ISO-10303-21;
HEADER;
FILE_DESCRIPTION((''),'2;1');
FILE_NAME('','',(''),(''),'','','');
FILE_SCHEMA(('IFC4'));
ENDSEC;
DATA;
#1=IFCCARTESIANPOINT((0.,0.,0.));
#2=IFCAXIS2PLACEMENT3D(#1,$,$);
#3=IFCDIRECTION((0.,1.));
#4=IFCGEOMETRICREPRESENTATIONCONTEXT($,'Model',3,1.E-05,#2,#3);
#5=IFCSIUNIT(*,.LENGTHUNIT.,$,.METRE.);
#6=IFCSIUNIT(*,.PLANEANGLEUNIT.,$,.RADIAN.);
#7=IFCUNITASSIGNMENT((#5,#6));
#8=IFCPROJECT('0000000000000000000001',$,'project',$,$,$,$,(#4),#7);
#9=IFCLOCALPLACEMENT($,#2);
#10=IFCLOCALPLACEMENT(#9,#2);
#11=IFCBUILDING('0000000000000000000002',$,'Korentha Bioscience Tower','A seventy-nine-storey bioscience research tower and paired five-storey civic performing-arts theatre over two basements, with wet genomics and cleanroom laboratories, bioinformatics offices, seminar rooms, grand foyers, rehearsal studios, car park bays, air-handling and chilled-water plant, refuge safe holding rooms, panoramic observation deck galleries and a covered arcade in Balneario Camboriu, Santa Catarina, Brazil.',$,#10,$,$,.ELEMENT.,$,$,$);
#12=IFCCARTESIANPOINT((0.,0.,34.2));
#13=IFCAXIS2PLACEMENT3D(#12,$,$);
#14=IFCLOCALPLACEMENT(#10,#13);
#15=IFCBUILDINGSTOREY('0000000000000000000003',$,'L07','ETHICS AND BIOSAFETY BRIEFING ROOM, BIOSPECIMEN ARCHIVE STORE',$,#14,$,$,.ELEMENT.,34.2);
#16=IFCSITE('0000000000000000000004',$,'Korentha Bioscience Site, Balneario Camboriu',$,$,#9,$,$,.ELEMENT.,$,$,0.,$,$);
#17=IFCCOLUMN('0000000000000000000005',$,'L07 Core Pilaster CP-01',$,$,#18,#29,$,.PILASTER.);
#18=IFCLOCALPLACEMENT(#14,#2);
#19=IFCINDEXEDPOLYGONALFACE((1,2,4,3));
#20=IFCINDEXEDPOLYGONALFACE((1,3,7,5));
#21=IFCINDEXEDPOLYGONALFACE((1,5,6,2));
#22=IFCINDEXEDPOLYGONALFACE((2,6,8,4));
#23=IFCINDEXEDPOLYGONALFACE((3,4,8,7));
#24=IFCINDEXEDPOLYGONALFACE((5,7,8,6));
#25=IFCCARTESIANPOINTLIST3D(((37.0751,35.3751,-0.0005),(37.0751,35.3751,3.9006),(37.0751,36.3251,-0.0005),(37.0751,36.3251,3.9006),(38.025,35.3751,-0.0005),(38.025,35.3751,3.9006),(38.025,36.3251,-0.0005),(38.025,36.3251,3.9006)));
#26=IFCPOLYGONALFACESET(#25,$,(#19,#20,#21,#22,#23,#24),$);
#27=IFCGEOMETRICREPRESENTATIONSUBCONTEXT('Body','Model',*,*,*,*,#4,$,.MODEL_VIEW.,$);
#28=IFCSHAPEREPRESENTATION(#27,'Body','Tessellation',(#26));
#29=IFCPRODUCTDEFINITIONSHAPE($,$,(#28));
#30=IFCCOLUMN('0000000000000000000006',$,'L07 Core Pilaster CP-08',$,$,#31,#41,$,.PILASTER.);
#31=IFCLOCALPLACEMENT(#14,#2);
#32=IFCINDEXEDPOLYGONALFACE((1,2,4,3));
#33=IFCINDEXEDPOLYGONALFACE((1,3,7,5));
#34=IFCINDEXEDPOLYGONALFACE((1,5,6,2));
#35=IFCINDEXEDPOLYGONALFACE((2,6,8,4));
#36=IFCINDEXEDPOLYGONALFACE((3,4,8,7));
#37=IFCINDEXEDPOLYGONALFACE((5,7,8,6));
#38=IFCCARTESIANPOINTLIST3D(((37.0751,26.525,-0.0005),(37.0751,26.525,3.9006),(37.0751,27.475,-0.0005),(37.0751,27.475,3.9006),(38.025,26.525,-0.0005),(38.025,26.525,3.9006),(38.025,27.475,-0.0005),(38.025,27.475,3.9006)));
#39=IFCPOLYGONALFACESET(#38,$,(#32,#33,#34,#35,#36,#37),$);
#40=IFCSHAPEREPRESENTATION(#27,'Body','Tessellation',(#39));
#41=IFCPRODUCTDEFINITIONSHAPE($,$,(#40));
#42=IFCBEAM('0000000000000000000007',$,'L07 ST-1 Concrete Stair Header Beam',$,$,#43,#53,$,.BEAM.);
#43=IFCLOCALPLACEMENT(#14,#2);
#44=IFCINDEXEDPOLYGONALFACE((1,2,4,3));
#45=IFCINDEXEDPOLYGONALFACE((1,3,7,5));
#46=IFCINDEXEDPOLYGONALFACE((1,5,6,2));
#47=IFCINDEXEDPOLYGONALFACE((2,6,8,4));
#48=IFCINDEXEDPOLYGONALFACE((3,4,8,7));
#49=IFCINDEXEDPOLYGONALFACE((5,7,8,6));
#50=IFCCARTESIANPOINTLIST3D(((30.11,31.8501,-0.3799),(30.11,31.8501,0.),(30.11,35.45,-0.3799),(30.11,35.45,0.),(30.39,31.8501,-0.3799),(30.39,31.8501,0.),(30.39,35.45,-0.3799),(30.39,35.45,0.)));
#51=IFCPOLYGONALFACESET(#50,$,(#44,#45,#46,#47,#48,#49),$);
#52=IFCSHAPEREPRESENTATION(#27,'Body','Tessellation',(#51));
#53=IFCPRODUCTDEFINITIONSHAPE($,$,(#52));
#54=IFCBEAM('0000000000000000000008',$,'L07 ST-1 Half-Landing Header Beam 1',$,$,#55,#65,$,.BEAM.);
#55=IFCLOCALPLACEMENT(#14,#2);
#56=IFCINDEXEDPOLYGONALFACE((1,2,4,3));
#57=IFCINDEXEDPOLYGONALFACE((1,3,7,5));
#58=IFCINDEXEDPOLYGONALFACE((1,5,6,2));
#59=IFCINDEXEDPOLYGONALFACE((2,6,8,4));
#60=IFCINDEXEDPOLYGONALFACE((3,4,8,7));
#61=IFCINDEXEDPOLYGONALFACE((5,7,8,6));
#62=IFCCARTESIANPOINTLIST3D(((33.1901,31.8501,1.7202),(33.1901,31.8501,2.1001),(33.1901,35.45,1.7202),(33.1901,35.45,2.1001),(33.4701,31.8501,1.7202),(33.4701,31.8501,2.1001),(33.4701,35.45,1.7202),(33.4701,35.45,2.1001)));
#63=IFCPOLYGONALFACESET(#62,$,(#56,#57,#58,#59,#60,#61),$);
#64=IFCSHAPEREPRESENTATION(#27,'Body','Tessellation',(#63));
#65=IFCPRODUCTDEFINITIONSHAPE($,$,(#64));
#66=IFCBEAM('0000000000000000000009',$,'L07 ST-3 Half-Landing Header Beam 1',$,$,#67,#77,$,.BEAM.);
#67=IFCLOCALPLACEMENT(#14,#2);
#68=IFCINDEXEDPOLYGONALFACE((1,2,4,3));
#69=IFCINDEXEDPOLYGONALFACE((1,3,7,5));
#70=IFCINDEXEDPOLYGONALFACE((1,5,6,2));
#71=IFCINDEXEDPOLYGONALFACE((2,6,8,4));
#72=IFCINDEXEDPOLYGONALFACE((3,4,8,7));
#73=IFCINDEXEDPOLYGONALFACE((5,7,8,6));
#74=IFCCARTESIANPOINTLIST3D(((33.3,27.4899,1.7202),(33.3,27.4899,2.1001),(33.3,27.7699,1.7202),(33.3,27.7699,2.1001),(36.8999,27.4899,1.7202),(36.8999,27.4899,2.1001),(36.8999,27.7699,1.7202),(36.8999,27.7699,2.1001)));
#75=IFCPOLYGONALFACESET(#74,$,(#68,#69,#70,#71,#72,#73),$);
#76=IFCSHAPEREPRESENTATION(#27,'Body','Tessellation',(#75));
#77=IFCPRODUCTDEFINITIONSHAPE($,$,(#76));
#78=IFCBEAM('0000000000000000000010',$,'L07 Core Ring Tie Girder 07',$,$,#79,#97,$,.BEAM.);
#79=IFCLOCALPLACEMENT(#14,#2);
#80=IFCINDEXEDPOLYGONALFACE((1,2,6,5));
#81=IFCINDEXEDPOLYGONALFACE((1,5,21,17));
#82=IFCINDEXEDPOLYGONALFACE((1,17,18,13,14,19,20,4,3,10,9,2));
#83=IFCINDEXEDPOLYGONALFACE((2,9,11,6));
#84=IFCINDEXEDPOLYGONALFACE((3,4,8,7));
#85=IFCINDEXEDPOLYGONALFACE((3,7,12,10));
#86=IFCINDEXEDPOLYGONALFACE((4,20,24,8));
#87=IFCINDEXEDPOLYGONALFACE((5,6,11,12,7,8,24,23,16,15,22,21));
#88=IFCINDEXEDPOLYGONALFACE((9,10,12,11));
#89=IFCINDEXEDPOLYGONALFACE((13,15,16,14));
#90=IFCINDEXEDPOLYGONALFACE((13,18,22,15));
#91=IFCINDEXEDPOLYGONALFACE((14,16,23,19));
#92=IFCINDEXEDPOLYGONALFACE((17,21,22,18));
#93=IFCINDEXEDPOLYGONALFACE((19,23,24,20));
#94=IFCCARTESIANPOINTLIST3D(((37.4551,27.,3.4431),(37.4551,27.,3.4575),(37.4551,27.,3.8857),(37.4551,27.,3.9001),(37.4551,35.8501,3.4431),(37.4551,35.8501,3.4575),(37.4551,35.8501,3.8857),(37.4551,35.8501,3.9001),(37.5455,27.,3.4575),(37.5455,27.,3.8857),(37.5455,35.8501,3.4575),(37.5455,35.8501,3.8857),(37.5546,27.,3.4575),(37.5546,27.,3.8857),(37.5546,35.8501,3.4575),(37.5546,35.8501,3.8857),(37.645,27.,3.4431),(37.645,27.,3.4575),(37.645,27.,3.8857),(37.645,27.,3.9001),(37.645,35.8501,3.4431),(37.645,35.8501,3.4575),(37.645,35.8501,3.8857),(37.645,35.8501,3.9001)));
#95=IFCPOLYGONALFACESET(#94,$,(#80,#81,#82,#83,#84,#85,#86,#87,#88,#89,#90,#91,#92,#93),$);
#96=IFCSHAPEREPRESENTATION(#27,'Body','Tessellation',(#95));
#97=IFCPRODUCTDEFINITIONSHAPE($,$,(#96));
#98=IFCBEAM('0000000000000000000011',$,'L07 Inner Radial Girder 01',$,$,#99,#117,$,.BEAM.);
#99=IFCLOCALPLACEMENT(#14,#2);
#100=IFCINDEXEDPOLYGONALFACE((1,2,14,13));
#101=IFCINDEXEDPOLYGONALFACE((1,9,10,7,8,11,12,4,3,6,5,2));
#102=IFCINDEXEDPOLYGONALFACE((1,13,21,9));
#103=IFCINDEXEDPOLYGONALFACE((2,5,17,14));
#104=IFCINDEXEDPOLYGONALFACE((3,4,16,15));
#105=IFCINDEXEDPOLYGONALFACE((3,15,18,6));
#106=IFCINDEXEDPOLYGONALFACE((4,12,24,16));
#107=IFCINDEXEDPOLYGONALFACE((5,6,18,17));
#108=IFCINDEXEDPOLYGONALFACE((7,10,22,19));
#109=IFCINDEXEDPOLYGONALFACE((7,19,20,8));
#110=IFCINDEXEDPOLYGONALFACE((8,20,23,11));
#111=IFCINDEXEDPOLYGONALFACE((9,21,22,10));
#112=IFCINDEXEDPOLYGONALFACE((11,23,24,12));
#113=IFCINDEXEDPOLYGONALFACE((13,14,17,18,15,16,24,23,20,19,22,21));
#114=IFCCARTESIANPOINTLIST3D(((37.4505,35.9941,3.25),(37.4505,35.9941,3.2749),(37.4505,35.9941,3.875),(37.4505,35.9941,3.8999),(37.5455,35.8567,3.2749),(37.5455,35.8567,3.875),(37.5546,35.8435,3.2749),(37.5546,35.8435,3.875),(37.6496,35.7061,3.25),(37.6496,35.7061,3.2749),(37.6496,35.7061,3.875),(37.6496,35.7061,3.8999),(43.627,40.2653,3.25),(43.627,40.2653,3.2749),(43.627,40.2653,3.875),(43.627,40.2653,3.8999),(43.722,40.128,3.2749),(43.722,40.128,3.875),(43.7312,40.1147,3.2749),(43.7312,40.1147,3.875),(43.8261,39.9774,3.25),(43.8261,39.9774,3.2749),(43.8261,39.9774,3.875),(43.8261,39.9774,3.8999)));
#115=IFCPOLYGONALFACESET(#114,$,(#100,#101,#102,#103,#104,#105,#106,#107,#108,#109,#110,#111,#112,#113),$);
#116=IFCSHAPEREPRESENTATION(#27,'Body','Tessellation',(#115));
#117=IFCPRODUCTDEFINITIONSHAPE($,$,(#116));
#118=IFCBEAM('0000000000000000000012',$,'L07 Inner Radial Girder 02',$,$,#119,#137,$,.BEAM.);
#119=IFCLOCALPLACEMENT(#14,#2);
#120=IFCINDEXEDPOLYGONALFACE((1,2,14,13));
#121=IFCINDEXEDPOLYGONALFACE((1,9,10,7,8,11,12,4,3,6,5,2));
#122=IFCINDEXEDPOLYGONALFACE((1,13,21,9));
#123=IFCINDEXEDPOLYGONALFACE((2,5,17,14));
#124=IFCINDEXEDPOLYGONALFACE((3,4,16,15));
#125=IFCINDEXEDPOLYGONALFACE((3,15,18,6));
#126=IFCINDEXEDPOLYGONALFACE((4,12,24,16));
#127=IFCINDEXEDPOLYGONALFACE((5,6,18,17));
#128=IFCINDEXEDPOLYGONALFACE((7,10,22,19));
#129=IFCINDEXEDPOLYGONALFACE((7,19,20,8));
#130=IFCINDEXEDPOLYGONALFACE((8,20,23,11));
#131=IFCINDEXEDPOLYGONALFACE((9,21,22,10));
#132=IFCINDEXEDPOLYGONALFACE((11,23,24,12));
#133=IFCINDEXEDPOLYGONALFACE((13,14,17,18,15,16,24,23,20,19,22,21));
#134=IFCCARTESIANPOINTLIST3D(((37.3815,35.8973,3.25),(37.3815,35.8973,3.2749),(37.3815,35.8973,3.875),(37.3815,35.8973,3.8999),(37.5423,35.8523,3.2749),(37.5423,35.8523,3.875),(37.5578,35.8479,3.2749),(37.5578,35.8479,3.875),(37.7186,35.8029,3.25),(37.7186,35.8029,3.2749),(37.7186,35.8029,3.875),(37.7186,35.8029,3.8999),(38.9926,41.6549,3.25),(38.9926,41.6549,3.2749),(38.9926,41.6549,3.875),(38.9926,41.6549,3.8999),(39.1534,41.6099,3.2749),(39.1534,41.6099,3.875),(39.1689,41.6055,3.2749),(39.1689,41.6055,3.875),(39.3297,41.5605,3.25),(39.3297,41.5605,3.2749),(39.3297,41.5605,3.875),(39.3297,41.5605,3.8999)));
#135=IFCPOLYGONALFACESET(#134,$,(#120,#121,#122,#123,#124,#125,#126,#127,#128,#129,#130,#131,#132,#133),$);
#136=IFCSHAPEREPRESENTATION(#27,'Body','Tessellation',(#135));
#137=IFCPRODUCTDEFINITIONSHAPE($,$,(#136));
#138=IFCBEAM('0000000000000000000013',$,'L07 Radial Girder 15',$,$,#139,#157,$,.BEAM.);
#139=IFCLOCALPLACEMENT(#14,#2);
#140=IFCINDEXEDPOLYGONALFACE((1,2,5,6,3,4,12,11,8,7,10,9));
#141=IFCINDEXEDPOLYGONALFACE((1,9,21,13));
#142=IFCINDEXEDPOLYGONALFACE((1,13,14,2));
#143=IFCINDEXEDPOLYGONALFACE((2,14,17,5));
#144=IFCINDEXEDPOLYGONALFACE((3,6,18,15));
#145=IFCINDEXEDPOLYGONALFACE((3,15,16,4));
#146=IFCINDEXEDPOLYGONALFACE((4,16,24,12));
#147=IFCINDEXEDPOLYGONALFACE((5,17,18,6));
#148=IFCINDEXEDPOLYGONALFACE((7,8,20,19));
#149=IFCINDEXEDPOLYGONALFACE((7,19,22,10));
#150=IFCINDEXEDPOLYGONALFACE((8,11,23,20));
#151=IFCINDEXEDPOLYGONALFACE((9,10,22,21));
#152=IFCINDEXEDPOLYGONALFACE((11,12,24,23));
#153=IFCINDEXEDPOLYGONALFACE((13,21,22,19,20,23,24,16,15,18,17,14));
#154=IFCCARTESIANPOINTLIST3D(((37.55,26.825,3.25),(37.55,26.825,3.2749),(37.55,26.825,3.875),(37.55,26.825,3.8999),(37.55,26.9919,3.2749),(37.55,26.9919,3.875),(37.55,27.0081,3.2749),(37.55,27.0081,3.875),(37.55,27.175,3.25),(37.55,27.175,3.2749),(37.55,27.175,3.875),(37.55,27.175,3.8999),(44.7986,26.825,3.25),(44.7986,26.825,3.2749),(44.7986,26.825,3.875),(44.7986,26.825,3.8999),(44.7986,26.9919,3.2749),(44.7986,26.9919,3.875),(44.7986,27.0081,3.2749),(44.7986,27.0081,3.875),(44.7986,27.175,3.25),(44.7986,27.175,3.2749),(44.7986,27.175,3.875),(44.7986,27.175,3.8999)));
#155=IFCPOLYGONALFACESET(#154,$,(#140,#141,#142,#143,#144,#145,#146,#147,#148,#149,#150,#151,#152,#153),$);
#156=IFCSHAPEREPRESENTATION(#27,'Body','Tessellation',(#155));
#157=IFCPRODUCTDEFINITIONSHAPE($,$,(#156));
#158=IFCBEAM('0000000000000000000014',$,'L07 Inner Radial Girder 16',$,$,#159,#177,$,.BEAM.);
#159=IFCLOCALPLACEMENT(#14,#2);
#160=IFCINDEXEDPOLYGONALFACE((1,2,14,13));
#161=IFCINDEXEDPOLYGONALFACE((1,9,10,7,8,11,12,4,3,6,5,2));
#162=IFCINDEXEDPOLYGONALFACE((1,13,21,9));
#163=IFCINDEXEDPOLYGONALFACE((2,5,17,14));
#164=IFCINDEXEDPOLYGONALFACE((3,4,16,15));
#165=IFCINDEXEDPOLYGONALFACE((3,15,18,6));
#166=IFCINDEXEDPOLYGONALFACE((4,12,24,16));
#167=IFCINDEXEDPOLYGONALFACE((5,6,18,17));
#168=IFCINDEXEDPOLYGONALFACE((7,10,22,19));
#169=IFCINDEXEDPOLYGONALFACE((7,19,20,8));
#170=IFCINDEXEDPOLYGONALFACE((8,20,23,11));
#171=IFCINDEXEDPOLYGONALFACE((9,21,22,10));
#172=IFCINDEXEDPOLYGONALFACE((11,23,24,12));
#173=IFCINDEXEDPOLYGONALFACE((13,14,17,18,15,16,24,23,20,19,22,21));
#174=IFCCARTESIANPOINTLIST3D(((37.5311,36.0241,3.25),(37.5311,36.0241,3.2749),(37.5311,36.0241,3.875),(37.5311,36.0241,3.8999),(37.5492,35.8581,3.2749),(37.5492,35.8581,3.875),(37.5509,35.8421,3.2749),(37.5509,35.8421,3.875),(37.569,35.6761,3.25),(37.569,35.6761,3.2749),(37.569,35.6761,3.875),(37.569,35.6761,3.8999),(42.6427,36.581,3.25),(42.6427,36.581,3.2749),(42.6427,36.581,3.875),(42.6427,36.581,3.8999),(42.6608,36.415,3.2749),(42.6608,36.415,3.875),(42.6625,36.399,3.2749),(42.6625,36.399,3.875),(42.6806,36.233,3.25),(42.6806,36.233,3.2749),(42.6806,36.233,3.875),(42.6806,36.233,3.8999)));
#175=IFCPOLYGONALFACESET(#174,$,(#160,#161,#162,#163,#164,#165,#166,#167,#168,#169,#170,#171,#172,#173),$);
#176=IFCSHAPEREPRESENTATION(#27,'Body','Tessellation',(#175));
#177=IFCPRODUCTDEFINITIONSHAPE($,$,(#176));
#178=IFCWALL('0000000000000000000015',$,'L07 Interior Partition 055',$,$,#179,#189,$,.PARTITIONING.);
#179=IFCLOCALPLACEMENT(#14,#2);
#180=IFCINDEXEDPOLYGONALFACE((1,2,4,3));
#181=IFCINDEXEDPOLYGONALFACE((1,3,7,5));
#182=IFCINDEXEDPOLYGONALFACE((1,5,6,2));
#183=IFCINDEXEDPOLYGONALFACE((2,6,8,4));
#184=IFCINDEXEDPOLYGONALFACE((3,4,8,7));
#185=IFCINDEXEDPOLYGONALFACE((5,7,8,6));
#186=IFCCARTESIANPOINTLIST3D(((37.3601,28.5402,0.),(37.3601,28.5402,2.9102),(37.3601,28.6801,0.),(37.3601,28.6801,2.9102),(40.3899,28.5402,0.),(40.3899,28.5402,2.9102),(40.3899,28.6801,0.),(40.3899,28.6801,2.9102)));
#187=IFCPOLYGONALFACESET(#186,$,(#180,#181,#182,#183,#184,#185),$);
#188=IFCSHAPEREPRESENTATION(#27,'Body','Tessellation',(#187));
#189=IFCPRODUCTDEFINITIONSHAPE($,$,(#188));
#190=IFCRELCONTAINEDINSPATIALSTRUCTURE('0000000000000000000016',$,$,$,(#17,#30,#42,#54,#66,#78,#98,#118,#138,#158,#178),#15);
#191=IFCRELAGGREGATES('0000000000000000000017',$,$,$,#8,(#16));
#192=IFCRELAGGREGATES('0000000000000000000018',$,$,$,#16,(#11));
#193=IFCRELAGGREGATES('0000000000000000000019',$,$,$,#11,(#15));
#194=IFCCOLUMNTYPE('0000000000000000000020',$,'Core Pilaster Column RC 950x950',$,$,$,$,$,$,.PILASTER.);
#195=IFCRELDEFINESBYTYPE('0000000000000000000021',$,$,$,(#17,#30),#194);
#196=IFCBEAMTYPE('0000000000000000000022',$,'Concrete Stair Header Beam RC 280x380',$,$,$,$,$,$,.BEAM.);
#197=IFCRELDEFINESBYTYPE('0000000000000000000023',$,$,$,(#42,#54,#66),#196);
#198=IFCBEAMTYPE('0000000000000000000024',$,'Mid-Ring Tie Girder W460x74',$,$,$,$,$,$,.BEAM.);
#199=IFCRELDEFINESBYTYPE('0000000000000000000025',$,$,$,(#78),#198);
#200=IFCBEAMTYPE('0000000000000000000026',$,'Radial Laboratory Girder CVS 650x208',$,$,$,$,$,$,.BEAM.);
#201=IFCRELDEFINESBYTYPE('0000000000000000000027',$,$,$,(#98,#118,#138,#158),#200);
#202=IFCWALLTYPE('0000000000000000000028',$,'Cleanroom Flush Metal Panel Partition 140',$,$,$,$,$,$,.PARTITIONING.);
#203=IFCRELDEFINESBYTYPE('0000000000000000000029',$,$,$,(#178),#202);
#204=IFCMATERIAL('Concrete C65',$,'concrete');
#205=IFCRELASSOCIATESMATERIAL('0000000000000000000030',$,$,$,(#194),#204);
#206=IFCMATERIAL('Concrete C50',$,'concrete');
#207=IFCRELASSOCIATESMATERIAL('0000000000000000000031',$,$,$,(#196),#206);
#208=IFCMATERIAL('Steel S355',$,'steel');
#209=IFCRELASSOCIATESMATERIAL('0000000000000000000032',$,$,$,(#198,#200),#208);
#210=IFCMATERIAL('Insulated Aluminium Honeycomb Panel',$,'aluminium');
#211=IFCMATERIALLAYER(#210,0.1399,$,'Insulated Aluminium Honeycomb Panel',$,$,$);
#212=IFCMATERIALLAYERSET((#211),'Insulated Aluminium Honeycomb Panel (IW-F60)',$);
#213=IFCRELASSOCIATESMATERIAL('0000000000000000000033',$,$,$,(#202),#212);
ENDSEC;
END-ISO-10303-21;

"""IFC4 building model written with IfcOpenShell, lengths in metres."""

from ifc_helpers import new_model, si_unit, direction, frame, frame_2d, origin, origin_2d, place, context, subcontext, project, spatial, rectangle, i_section, extrude, material, layer, layer_set, material_profile, profile_set, type_object, element, save


model = new_model("IFC4")

# Units and contexts
model_context = context("Model", 3, precision=1e-05, world=origin(), true_north=direction((0.0, 1.0)))
body_context = subcontext(model_context, "Body", "Model", "MODEL_VIEW")
ifc_project = project(units=[si_unit("LENGTHUNIT", "METRE"), si_unit("PLANEANGLEUNIT", "RADIAN")], contexts=[model_context])

# Site, building, storey
site_placement = place(None, origin())
site = spatial("IfcSite", under=ifc_project, at=site_placement, Name="Korentha Bioscience Site, Balneario Camboriu", CompositionType="ELEMENT", RefElevation=0.0)
building_placement = place(site_placement, origin())
building = spatial("IfcBuilding", under=site, at=building_placement, Name="Korentha Bioscience Tower", Description="A seventy-nine-storey bioscience research tower and paired five-storey civic performing-arts theatre over two basements, with wet genomics and cleanroom laboratories, bioinformatics offices, seminar rooms, grand foyers, rehearsal studios, car park bays, air-handling and chilled-water plant, refuge safe holding rooms, panoramic observation deck galleries and a covered arcade in Balneario Camboriu, Santa Catarina, Brazil.", CompositionType="ELEMENT")
storey_placement = place(building_placement, frame((0.0, 0.0, 34.2)))
storey = spatial("IfcBuildingStorey", under=building, at=storey_placement, Name="L07", Description="ETHICS AND BIOSAFETY BRIEFING ROOM, BIOSPECIMEN ARCHIVE STORE", CompositionType="ELEMENT", Elevation=34.2)

# Columns
ifc_material_1 = material(Name="Concrete C65", Category="concrete")
ifc_material_profile_1 = material_profile(ifc_material_1, rectangle(XDim=0.95, YDim=0.95, at=origin_2d()), Name="Concrete C65")
ifc_profile_set_1 = profile_set([ifc_material_profile_1], Name="Concrete C65 (COL-CP09)")
column_type = type_object("IfcColumnType", Name="Core Pilaster Column RC 950x950", PredefinedType="PILASTER", material=ifc_profile_set_1)
for number, where, z_axis, x_axis, name in (
    (1, (37.55, 35.8501, -0.0005), (0.0, 0.0, 1.0), (1.0, 0.0, 0.0), "L07 Core Pilaster CP-01"),
    (2, (37.55, 27.0, -0.0005), (0.0, 0.0, 1.0), (1.0, 0.0, 0.0), "L07 Core Pilaster CP-08"),
):
    element("IfcColumn", number, at=place(storey_placement, frame(where, z_axis=z_axis, x_axis=x_axis)), inside=storey, type_object=column_type, Name=name, PredefinedType="PILASTER", context=body_context, shape_type="SweptSolid", body=[
        extrude(rectangle(XDim=0.95, YDim=0.95, at=origin_2d()), origin(), (0.0, 0.0, 1.0), 3.9011),
    ])

# Beams
ifc_material_2 = material(Name="Concrete C50", Category="concrete")
ifc_material_profile_2 = material_profile(ifc_material_2, rectangle(XDim=0.28, YDim=0.3799, at=origin_2d()), Name="Concrete C50")
ifc_profile_set_2 = profile_set([ifc_material_profile_2], Name="Concrete C50 (ST-HB380)")
beam_type_1 = type_object("IfcBeamType", Name="Concrete Stair Header Beam RC 280x380", PredefinedType="BEAM", material=ifc_profile_set_2)
for number, where, z_axis, x_axis, name in (
    (3, (30.25, 31.8501, -0.1899), (0.0, 1.0, 0.0), (-1.0, 0.0, 0.0), "L07 ST-1 Concrete Stair Header Beam"),
    (4, (33.3301, 31.8501, 1.9102), (0.0, 1.0, 0.0), (-1.0, 0.0, 0.0), "L07 ST-1 Half-Landing Header Beam 1"),
    (5, (36.8999, 27.6299, 1.9102), (-1.0, 0.0, 0.0), (0.0, -1.0, 0.0), "L07 ST-3 Half-Landing Header Beam 1"),
):
    element("IfcBeam", number, at=place(storey_placement, frame(where, z_axis=z_axis, x_axis=x_axis)), inside=storey, type_object=beam_type_1, Name=name, PredefinedType="BEAM", context=body_context, shape_type="SweptSolid", body=[
        extrude(rectangle(XDim=0.28, YDim=0.3799, at=origin_2d()), origin(), (0.0, 0.0, 1.0), 3.5999),
    ])
ifc_material_3 = material(Name="Steel S355", Category="steel")
ifc_material_profile_3 = material_profile(ifc_material_3, i_section(OverallWidth=0.1899, OverallDepth=0.457, WebThickness=0.009, FlangeThickness=0.0144, at=origin_2d()), Name="Steel S355")
ifc_profile_set_3 = profile_set([ifc_material_profile_3], Name="Steel S355 (MB-460)")
beam_type_2 = type_object("IfcBeamType", Name="Mid-Ring Tie Girder W460x74", PredefinedType="BEAM", material=ifc_profile_set_3)
beam_1_placement = place(storey_placement, frame((37.55, 27.0, 3.6716), z_axis=(0.0, 1.0, 0.0), x_axis=(-1.0, 0.0, 0.0)))
element("IfcBeam", 6, at=beam_1_placement, inside=storey, type_object=beam_type_2, Name="L07 Core Ring Tie Girder 07", PredefinedType="BEAM", context=body_context, shape_type="SweptSolid", body=[
    extrude(i_section(OverallWidth=0.1899, OverallDepth=0.457, WebThickness=0.009, FlangeThickness=0.0144, at=origin_2d()), origin(), (0.0, 0.0, 1.0), 8.8501),
])
ifc_material_profile_4 = material_profile(ifc_material_3, i_section(OverallWidth=0.3501, OverallDepth=0.6499, WebThickness=0.0161, FlangeThickness=0.0249, at=origin_2d()), Name="Steel S355")
ifc_profile_set_4 = profile_set([ifc_material_profile_4], Name="Steel S355 (RB-650)")
beam_type_3 = type_object("IfcBeamType", Name="Radial Laboratory Girder CVS 650x208", PredefinedType="BEAM", material=ifc_profile_set_4)
beam_2_placement = place(storey_placement, frame((37.55, 35.8501, 3.575), z_axis=(0.822492, 0.568777, 0.0), x_axis=(-0.568777, 0.822492, 0.0)))
element("IfcBeam", 7, at=beam_2_placement, inside=storey, type_object=beam_type_3, Name="L07 Inner Radial Girder 01", PredefinedType="BEAM", context=body_context, shape_type="SweptSolid", body=[
    extrude(i_section(OverallWidth=0.3501, OverallDepth=0.6499, WebThickness=0.0161, FlangeThickness=0.0249, at=origin_2d()), origin(), (0.0, 0.0, 1.0), 7.5095),
])
beam_3_placement = place(storey_placement, frame((37.55, 35.8501, 3.575), z_axis=(0.269469, 0.963009, 0.0), x_axis=(-0.963009, 0.269469, 0.0)))
element("IfcBeam", 8, at=beam_3_placement, inside=storey, type_object=beam_type_3, Name="L07 Inner Radial Girder 02", PredefinedType="BEAM", context=body_context, shape_type="SweptSolid", body=[
    extrude(i_section(OverallWidth=0.3501, OverallDepth=0.6499, WebThickness=0.0161, FlangeThickness=0.0249, at=origin_2d()), origin(), (0.0, 0.0, 1.0), 5.9788),
])
beam_4_placement = place(storey_placement, frame((37.55, 27.0, 3.575), z_axis=(1.0, 0.0, 0.0), x_axis=(0.0, 1.0, 0.0)))
element("IfcBeam", 9, at=beam_4_placement, inside=storey, type_object=beam_type_3, Name="L07 Radial Girder 15", PredefinedType="BEAM", context=body_context, shape_type="SweptSolid", body=[
    extrude(i_section(OverallWidth=0.3501, OverallDepth=0.6499, WebThickness=0.0161, FlangeThickness=0.0249, at=origin_2d()), origin(), (0.0, 0.0, 1.0), 7.2485),
])
beam_5_placement = place(storey_placement, frame((37.55, 35.8501, 3.575), z_axis=(0.994118, 0.108305, 0.0), x_axis=(-0.108305, 0.994118, 0.0)))
element("IfcBeam", 10, at=beam_5_placement, inside=storey, type_object=beam_type_3, Name="L07 Inner Radial Girder 16", PredefinedType="BEAM", context=body_context, shape_type="SweptSolid", body=[
    extrude(i_section(OverallWidth=0.3501, OverallDepth=0.6499, WebThickness=0.0161, FlangeThickness=0.0249, at=origin_2d()), origin(), (0.0, 0.0, 1.0), 5.1418),
])

# Wall
ifc_material_4 = material(Name="Insulated Aluminium Honeycomb Panel", Category="aluminium")
ifc_layer_1 = layer(ifc_material_4, 0.1399, Name="Insulated Aluminium Honeycomb Panel")
ifc_layer_set_1 = layer_set([ifc_layer_1], Name="Insulated Aluminium Honeycomb Panel (IW-F60)")
wall_type_1 = type_object("IfcWallType", Name="Cleanroom Flush Metal Panel Partition 140", PredefinedType="PARTITIONING", material=ifc_layer_set_1)
wall_1_placement = place(storey_placement, frame((40.3899, 28.6101, 0.0), z_axis=(0.0, 0.0, 1.0), x_axis=(-1.0, 0.0, 0.0)))
element("IfcWall", 11, at=wall_1_placement, inside=storey, type_object=wall_type_1, Name="L07 Interior Partition 055", PredefinedType="PARTITIONING", context=body_context, shape_type="SweptSolid", body=[
    extrude(rectangle(XDim=3.0298, YDim=0.1399, at=frame_2d((1.5149, 0.0))), origin(), (0.0, 0.0, 1.0), 2.9102),
])

save(model, "model.ifc")
